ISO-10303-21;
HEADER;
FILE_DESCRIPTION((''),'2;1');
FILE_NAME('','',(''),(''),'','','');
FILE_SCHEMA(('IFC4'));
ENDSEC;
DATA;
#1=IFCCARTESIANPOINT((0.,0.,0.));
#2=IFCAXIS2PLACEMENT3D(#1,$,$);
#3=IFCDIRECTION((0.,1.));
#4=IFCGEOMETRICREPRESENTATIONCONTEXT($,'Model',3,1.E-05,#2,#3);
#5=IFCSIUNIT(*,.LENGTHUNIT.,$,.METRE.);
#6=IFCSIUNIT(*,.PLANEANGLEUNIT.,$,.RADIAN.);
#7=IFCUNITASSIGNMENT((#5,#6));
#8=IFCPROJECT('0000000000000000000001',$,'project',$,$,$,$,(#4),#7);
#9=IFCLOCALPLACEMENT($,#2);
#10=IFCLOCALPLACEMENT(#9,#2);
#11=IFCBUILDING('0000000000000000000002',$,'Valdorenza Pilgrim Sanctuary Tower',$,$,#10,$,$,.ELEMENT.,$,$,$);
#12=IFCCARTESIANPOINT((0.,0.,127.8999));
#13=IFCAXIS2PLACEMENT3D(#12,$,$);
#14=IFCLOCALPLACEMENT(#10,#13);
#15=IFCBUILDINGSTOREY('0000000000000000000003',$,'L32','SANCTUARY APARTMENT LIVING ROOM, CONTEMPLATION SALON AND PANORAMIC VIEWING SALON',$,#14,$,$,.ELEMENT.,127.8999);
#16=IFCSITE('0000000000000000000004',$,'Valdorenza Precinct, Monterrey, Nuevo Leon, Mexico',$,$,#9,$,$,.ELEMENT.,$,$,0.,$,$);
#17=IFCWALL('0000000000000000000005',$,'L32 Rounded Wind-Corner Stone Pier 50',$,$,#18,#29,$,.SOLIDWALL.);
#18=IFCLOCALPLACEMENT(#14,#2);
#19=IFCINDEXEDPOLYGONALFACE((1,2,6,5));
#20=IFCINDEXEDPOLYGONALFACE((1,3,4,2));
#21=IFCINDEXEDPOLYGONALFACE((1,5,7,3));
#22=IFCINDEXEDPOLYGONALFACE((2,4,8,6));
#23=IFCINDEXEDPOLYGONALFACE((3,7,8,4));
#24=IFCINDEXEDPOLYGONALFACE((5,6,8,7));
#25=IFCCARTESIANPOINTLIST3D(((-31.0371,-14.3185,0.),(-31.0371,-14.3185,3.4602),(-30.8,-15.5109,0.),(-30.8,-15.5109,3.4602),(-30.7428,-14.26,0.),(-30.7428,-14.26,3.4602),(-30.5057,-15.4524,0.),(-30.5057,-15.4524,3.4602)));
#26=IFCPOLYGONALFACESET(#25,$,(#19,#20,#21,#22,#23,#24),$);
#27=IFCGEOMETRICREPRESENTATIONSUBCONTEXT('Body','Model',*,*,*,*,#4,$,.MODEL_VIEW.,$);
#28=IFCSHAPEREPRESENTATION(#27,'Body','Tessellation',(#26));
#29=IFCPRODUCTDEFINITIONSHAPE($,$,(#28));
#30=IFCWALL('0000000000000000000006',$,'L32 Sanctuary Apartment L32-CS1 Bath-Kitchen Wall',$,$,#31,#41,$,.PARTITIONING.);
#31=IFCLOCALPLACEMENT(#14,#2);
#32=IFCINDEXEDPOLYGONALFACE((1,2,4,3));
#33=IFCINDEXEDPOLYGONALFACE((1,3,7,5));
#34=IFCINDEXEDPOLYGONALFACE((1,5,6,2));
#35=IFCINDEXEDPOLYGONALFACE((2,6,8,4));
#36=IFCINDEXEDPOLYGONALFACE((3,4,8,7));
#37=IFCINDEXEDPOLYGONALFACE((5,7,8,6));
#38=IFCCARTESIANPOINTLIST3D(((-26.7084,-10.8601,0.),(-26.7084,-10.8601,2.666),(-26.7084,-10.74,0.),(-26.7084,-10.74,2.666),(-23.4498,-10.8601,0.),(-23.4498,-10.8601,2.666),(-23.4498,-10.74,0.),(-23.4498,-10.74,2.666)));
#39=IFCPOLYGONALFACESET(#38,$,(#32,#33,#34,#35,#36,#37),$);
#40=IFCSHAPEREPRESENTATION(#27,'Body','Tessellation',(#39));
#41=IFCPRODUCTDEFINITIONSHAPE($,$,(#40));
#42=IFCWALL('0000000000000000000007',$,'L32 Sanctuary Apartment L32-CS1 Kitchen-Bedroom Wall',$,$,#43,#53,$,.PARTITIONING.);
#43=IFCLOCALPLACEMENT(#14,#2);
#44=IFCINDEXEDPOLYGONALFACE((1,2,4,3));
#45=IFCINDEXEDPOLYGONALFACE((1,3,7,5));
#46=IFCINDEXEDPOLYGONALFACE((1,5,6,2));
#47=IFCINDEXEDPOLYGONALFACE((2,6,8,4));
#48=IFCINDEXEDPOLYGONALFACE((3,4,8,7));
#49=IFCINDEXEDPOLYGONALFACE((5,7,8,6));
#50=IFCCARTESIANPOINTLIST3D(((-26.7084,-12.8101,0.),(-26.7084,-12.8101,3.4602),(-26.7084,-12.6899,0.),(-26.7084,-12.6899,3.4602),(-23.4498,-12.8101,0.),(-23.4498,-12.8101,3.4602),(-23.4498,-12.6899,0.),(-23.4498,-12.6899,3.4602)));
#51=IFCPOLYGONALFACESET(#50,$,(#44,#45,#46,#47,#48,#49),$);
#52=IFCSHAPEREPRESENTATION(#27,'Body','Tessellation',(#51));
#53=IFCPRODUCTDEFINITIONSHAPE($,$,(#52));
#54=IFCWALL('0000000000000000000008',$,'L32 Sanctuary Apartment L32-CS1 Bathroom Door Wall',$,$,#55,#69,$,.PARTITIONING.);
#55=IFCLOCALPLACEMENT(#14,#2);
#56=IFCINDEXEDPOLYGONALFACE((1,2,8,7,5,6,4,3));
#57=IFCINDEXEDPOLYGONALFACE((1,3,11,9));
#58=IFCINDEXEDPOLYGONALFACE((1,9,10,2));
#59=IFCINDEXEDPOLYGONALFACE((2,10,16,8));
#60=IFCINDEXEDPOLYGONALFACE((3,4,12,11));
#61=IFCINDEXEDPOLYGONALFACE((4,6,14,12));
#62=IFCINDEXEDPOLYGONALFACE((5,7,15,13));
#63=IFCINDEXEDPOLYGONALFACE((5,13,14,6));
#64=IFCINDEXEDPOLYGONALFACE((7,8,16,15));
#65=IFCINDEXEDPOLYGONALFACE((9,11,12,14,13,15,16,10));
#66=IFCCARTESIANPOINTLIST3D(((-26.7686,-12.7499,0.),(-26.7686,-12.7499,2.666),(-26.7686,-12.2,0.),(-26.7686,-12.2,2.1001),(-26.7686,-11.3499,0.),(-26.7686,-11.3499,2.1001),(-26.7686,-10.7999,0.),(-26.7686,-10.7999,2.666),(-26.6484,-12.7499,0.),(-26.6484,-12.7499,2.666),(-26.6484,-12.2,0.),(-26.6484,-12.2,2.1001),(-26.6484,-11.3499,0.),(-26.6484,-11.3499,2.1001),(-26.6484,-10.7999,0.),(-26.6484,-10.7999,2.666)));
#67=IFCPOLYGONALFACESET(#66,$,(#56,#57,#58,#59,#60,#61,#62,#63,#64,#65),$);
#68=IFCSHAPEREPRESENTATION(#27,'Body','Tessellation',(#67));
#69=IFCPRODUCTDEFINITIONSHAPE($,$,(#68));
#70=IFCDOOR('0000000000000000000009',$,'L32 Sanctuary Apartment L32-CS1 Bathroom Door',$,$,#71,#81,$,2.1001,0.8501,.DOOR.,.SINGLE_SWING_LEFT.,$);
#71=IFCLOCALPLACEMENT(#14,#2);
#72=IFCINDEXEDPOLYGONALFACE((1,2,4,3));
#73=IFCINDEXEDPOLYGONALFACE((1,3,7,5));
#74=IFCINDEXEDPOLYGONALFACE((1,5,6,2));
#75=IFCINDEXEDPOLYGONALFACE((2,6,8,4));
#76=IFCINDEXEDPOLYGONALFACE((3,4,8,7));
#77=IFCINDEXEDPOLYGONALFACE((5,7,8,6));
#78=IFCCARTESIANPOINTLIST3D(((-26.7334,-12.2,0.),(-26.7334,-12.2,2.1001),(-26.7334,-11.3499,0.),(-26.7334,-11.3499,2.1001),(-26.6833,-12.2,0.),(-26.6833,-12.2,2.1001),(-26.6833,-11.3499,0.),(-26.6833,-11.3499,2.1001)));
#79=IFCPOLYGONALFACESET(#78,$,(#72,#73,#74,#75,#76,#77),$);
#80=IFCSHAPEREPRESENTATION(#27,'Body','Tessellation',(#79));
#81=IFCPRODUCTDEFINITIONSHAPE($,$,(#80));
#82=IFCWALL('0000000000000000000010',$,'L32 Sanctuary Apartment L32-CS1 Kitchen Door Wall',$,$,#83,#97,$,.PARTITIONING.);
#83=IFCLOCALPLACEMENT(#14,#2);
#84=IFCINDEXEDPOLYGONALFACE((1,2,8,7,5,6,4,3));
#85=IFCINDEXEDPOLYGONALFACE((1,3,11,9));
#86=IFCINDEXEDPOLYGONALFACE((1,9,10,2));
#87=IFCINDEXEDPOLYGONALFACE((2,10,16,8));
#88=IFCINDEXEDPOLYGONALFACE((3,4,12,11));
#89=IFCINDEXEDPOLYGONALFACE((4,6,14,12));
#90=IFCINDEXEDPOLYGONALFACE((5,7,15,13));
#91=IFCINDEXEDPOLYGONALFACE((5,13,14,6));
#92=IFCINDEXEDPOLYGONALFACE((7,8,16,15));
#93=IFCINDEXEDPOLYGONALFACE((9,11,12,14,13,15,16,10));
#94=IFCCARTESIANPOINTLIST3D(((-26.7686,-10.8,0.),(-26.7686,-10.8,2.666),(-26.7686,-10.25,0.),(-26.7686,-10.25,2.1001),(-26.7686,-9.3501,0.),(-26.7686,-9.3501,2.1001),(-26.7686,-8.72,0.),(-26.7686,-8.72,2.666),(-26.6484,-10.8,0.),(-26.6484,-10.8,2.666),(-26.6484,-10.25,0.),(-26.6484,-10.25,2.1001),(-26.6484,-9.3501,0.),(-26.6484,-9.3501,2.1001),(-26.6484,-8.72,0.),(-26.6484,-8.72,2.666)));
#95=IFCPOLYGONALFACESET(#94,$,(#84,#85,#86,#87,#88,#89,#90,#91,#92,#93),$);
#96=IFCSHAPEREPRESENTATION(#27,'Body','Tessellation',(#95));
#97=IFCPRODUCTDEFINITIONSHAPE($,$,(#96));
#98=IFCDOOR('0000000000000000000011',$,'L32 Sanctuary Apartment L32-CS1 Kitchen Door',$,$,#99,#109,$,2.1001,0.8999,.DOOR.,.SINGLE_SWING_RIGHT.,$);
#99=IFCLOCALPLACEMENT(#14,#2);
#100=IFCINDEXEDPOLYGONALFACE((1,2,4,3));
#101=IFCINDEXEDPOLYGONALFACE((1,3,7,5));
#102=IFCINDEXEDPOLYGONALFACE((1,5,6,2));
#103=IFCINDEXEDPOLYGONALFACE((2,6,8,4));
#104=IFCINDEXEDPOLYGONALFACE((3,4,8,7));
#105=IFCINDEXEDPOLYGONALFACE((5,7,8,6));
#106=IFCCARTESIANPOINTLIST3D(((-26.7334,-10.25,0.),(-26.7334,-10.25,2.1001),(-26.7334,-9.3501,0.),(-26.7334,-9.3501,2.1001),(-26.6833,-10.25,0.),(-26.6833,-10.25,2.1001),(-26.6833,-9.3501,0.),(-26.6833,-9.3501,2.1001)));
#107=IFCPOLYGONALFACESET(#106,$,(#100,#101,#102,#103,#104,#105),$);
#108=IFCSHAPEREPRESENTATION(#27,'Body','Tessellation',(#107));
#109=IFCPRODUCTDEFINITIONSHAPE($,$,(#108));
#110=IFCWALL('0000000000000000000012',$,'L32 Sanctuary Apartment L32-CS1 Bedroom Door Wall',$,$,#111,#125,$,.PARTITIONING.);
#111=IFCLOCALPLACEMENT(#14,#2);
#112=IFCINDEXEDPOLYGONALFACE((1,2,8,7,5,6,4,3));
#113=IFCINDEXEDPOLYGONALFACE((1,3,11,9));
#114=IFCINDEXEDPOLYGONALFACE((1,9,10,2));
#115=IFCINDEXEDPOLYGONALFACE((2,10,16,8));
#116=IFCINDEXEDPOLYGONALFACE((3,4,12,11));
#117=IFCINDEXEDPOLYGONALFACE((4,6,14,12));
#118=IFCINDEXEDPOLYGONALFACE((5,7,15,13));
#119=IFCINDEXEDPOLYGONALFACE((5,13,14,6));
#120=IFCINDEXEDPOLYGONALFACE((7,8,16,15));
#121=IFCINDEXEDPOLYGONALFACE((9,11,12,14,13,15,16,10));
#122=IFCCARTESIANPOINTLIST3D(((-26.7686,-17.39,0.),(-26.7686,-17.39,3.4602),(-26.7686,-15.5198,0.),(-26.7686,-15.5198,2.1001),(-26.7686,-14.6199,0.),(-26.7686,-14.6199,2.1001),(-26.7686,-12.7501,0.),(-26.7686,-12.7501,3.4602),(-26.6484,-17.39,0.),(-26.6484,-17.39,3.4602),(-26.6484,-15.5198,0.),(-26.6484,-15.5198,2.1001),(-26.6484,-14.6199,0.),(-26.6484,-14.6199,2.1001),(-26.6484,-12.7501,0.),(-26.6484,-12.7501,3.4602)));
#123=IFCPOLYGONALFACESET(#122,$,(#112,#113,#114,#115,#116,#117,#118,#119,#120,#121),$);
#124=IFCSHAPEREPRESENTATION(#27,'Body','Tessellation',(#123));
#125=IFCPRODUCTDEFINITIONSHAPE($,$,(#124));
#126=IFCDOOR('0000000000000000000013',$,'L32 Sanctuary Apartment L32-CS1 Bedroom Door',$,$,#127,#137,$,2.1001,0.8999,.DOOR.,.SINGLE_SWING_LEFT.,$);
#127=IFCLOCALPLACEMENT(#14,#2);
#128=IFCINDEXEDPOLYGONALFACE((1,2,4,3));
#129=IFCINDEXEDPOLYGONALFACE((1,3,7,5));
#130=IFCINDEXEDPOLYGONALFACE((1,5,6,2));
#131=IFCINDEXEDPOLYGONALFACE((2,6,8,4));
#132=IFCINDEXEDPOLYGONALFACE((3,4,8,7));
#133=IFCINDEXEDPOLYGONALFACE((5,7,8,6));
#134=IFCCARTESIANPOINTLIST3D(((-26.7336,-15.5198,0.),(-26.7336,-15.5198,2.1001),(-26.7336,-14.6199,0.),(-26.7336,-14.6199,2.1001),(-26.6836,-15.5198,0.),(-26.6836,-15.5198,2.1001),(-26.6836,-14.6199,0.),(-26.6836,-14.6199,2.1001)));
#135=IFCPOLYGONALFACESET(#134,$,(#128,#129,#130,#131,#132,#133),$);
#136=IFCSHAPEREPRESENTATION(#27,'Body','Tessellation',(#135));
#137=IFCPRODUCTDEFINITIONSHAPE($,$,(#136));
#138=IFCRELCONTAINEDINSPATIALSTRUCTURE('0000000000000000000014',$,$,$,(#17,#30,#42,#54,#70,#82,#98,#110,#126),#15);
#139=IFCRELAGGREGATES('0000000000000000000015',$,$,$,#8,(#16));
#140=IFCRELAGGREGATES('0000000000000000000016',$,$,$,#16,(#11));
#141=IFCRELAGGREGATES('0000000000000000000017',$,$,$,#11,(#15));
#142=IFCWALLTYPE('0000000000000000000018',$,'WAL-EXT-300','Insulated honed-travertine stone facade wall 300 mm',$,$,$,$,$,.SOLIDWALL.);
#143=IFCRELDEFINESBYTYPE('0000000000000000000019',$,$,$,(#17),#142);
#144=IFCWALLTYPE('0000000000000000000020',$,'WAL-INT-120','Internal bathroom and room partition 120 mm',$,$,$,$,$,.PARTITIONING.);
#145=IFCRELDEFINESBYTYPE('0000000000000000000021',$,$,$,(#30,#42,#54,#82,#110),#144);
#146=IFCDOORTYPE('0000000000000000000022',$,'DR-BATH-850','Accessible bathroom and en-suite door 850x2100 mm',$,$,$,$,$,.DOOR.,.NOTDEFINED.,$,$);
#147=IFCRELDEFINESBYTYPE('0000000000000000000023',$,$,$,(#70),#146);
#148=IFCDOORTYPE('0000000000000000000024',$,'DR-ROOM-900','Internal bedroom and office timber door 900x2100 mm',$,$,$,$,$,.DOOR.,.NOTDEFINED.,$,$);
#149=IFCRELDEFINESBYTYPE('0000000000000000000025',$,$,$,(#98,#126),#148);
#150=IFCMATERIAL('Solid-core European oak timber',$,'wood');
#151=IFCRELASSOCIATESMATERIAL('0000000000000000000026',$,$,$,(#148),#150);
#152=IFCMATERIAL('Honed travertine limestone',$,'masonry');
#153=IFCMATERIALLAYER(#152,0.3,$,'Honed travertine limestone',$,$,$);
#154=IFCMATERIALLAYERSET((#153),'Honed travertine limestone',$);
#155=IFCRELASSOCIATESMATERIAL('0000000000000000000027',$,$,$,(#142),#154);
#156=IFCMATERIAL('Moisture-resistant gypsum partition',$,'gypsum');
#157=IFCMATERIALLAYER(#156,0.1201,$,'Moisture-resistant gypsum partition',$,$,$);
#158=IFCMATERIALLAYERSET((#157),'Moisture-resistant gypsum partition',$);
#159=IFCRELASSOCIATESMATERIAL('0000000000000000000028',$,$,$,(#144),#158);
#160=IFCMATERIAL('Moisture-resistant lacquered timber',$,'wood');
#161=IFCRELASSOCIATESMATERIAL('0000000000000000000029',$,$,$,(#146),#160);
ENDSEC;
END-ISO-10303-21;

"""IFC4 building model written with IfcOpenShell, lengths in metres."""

from ifc_helpers import new_model, si_unit, direction, frame, frame_2d, origin, place, context, subcontext, project, spatial, rectangle, extrude, material, layer, layer_set, type_object, element, fill, save


model = new_model("IFC4")

# Units and contexts
model_context = context("Model", 3, precision=1e-05, world=origin(), true_north=direction((0.0, 1.0)))
body_context = subcontext(model_context, "Body", "Model", "MODEL_VIEW")
ifc_project = project(units=[si_unit("LENGTHUNIT", "METRE"), si_unit("PLANEANGLEUNIT", "RADIAN")], contexts=[model_context])

# Site, building, storey
site_placement = place(None, origin())
site = spatial("IfcSite", under=ifc_project, at=site_placement, Name="Valdorenza Precinct, Monterrey, Nuevo Leon, Mexico", CompositionType="ELEMENT", RefElevation=0.0)
building_placement = place(site_placement, origin())
building = spatial("IfcBuilding", under=site, at=building_placement, Name="Valdorenza Pilgrim Sanctuary Tower", CompositionType="ELEMENT")
storey_placement = place(building_placement, frame((0.0, 0.0, 127.8999)))
storey = spatial("IfcBuildingStorey", under=building, at=storey_placement, Name="L32", Description="SANCTUARY APARTMENT LIVING ROOM, CONTEMPLATION SALON AND PANORAMIC VIEWING SALON", CompositionType="ELEMENT", Elevation=127.8999)

# Shared definitions
ifc_material_1 = material(Name="Honed travertine limestone", Category="masonry")

# Shared definitions
ifc_material_2 = material(Name="Solid-core European oak timber", Category="wood")
door_type_1 = type_object("IfcDoorType", Name="DR-ROOM-900", Description="Internal bedroom and office timber door 900x2100 mm", OperationType="NOTDEFINED", PredefinedType="DOOR", material=ifc_material_2)

# Walls
ifc_layer_1 = layer(ifc_material_1, 0.3, Name="Honed travertine limestone")
ifc_layer_set_1 = layer_set([ifc_layer_1], Name="Honed travertine limestone")
wall_type_1 = type_object("IfcWallType", Name="WAL-EXT-300", Description="Insulated honed-travertine stone facade wall 300 mm", PredefinedType="SOLIDWALL", material=ifc_layer_set_1)
wall_1_placement = place(storey_placement, frame((-30.6528, -15.4817, 0.0), z_axis=(0.0, 0.0, 1.0), x_axis=(-0.194996, 0.980804, 0.0)))
element("IfcWall", 1, at=wall_1_placement, inside=storey, type_object=wall_type_1, Name="L32 Rounded Wind-Corner Stone Pier 50", PredefinedType="SOLIDWALL", context=body_context, shape_type="SweptSolid", body=[
    extrude(rectangle(XDim=1.2158, YDim=0.3, at=frame_2d((0.6079, 0.0))), origin(), (0.0, 0.0, 1.0), 3.4602),
])
ifc_material_3 = material(Name="Moisture-resistant gypsum partition", Category="gypsum")
ifc_layer_2 = layer(ifc_material_3, 0.1201, Name="Moisture-resistant gypsum partition")
ifc_layer_set_2 = layer_set([ifc_layer_2], Name="Moisture-resistant gypsum partition")
wall_type_2 = type_object("IfcWallType", Name="WAL-INT-120", Description="Internal bathroom and room partition 120 mm", PredefinedType="PARTITIONING", material=ifc_layer_set_2)
wall_2_placement = place(storey_placement, frame((-26.7085, -10.8, 0.0), z_axis=(0.0, 0.0, 1.0), x_axis=(1.0, 0.0, 0.0)))
element("IfcWall", 2, at=wall_2_placement, inside=storey, type_object=wall_type_2, Name="L32 Sanctuary Apartment L32-CS1 Bath-Kitchen Wall", PredefinedType="PARTITIONING", context=body_context, shape_type="SweptSolid", body=[
    extrude(rectangle(XDim=3.2585, YDim=0.1201, at=frame_2d((1.6294, 0.0))), origin(), (0.0, 0.0, 1.0), 2.666),
])
wall_3_placement = place(storey_placement, frame((-26.7085, -12.75, 0.0), z_axis=(0.0, 0.0, 1.0), x_axis=(1.0, 0.0, 0.0)))
element("IfcWall", 3, at=wall_3_placement, inside=storey, type_object=wall_type_2, Name="L32 Sanctuary Apartment L32-CS1 Kitchen-Bedroom Wall", PredefinedType="PARTITIONING", context=body_context, shape_type="SweptSolid", body=[
    extrude(rectangle(XDim=3.2585, YDim=0.1201, at=frame_2d((1.6294, 0.0))), origin(), (0.0, 0.0, 1.0), 3.4602),
])

# Walls, openings, doors
wall_4_placement = place(storey_placement, frame((-26.7085, -12.75, 0.0), z_axis=(0.0, 0.0, 1.0), x_axis=(0.0, 1.0, 0.0)))
wall_4 = element("IfcWall", 4, at=wall_4_placement, inside=storey, type_object=wall_type_2, Name="L32 Sanctuary Apartment L32-CS1 Bathroom Door Wall", PredefinedType="PARTITIONING", context=body_context, shape_type="SweptSolid", body=[
    extrude(rectangle(XDim=1.95, YDim=0.1201, at=frame_2d((0.9751, 0.0))), origin(), (0.0, 0.0, 1.0), 2.666),
])
opening_1_placement = place(wall_4_placement, frame((0.55, 0.0, 0.0)))
opening_1 = element("IfcOpeningElement", 5, at=opening_1_placement, cuts=wall_4, PredefinedType="OPENING", context=body_context, shape_type="SweptSolid", body=[
    extrude(rectangle(XDim=0.8501, YDim=2.1001, at=frame_2d((0.425, 1.05))), frame((0.0, 0.075, 0.0), z_axis=(0.0, -1.0, 0.0), x_axis=(1.0, 0.0, 0.0)), (0.0, 0.0, 1.0), 0.1499),
])
ifc_material_4 = material(Name="Moisture-resistant lacquered timber", Category="wood")
door_type_2 = type_object("IfcDoorType", Name="DR-BATH-850", Description="Accessible bathroom and en-suite door 850x2100 mm", OperationType="NOTDEFINED", PredefinedType="DOOR", material=ifc_material_4)
door_1_placement = place(opening_1_placement, origin())
door_1 = element("IfcDoor", 6, at=door_1_placement, inside=storey, type_object=door_type_2, Name="L32 Sanctuary Apartment L32-CS1 Bathroom Door", OperationType="SINGLE_SWING_LEFT", OverallHeight=2.1001, OverallWidth=0.8501, PredefinedType="DOOR", context=body_context, shape_type="SweptSolid", body=[
    extrude(rectangle(XDim=0.8501, YDim=2.1001, at=frame_2d((0.425, 1.05))), frame((0.0, 0.0249, 0.0), z_axis=(0.0, -1.0, 0.0), x_axis=(1.0, 0.0, 0.0)), (0.0, 0.0, 1.0), 0.05),
])
fill(opening_1, door_1)
wall_5_placement = place(storey_placement, frame((-26.7085, -10.8, 0.0), z_axis=(0.0, 0.0, 1.0), x_axis=(0.0, 1.0, 0.0)))
wall_5 = element("IfcWall", 7, at=wall_5_placement, inside=storey, type_object=wall_type_2, Name="L32 Sanctuary Apartment L32-CS1 Kitchen Door Wall", PredefinedType="PARTITIONING", context=body_context, shape_type="SweptSolid", body=[
    extrude(rectangle(XDim=2.0801, YDim=0.1201, at=frame_2d((1.04, 0.0))), origin(), (0.0, 0.0, 1.0), 2.666),
])
opening_2_placement = place(wall_5_placement, frame((0.55, 0.0, 0.0)))
opening_2 = element("IfcOpeningElement", 8, at=opening_2_placement, cuts=wall_5, PredefinedType="OPENING", context=body_context, shape_type="SweptSolid", body=[
    extrude(rectangle(XDim=0.8999, YDim=2.1001, at=frame_2d((0.45, 1.05))), frame((0.0, 0.075, 0.0), z_axis=(0.0, -1.0, 0.0), x_axis=(1.0, 0.0, 0.0)), (0.0, 0.0, 1.0), 0.1499),
])
door_2_placement = place(opening_2_placement, origin())
door_2 = element("IfcDoor", 9, at=door_2_placement, inside=storey, type_object=door_type_1, Name="L32 Sanctuary Apartment L32-CS1 Kitchen Door", OperationType="SINGLE_SWING_RIGHT", OverallHeight=2.1001, OverallWidth=0.8999, PredefinedType="DOOR", context=body_context, shape_type="SweptSolid", body=[
    extrude(rectangle(XDim=0.8999, YDim=2.1001, at=frame_2d((0.45, 1.05))), frame((0.0, 0.0249, 0.0), z_axis=(0.0, -1.0, 0.0), x_axis=(1.0, 0.0, 0.0)), (0.0, 0.0, 1.0), 0.05),
])
fill(opening_2, door_2)
wall_6_placement = place(storey_placement, frame((-26.7085, -17.3899, 0.0), z_axis=(0.0, 0.0, 1.0), x_axis=(0.0, 1.0, 0.0)))
wall_6 = element("IfcWall", 10, at=wall_6_placement, inside=storey, type_object=wall_type_2, Name="L32 Sanctuary Apartment L32-CS1 Bedroom Door Wall", PredefinedType="PARTITIONING", context=body_context, shape_type="SweptSolid", body=[
    extrude(rectangle(XDim=4.6399, YDim=0.1201, at=frame_2d((2.3198, 0.0))), origin(), (0.0, 0.0, 1.0), 3.4602),
])
opening_3_placement = place(wall_6_placement, frame((1.8701, 0.0, 0.0)))
opening_3 = element("IfcOpeningElement", 11, at=opening_3_placement, cuts=wall_6, PredefinedType="OPENING", context=body_context, shape_type="SweptSolid", body=[
    extrude(rectangle(XDim=0.8999, YDim=2.1001, at=frame_2d((0.45, 1.05))), frame((0.0, 0.075, 0.0), z_axis=(0.0, -1.0, 0.0), x_axis=(1.0, 0.0, 0.0)), (0.0, 0.0, 1.0), 0.1499),
])
door_3_placement = place(opening_3_placement, frame((0.8999, 0.0, 0.0), z_axis=(0.0, 0.0, 1.0), x_axis=(-1.0, 0.0, 0.0)))
door_3 = element("IfcDoor", 12, at=door_3_placement, inside=storey, type_object=door_type_1, Name="L32 Sanctuary Apartment L32-CS1 Bedroom Door", OperationType="SINGLE_SWING_LEFT", OverallHeight=2.1001, OverallWidth=0.8999, PredefinedType="DOOR", context=body_context, shape_type="SweptSolid", body=[
    extrude(rectangle(XDim=0.8999, YDim=2.1001, at=frame_2d((0.45, 1.05))), frame((0.0, 0.0249, 0.0), z_axis=(0.0, -1.0, 0.0), x_axis=(1.0, 0.0, 0.0)), (0.0, 0.0, 1.0), 0.05),
])
fill(opening_3, door_3)

save(model, "model.ifc")
